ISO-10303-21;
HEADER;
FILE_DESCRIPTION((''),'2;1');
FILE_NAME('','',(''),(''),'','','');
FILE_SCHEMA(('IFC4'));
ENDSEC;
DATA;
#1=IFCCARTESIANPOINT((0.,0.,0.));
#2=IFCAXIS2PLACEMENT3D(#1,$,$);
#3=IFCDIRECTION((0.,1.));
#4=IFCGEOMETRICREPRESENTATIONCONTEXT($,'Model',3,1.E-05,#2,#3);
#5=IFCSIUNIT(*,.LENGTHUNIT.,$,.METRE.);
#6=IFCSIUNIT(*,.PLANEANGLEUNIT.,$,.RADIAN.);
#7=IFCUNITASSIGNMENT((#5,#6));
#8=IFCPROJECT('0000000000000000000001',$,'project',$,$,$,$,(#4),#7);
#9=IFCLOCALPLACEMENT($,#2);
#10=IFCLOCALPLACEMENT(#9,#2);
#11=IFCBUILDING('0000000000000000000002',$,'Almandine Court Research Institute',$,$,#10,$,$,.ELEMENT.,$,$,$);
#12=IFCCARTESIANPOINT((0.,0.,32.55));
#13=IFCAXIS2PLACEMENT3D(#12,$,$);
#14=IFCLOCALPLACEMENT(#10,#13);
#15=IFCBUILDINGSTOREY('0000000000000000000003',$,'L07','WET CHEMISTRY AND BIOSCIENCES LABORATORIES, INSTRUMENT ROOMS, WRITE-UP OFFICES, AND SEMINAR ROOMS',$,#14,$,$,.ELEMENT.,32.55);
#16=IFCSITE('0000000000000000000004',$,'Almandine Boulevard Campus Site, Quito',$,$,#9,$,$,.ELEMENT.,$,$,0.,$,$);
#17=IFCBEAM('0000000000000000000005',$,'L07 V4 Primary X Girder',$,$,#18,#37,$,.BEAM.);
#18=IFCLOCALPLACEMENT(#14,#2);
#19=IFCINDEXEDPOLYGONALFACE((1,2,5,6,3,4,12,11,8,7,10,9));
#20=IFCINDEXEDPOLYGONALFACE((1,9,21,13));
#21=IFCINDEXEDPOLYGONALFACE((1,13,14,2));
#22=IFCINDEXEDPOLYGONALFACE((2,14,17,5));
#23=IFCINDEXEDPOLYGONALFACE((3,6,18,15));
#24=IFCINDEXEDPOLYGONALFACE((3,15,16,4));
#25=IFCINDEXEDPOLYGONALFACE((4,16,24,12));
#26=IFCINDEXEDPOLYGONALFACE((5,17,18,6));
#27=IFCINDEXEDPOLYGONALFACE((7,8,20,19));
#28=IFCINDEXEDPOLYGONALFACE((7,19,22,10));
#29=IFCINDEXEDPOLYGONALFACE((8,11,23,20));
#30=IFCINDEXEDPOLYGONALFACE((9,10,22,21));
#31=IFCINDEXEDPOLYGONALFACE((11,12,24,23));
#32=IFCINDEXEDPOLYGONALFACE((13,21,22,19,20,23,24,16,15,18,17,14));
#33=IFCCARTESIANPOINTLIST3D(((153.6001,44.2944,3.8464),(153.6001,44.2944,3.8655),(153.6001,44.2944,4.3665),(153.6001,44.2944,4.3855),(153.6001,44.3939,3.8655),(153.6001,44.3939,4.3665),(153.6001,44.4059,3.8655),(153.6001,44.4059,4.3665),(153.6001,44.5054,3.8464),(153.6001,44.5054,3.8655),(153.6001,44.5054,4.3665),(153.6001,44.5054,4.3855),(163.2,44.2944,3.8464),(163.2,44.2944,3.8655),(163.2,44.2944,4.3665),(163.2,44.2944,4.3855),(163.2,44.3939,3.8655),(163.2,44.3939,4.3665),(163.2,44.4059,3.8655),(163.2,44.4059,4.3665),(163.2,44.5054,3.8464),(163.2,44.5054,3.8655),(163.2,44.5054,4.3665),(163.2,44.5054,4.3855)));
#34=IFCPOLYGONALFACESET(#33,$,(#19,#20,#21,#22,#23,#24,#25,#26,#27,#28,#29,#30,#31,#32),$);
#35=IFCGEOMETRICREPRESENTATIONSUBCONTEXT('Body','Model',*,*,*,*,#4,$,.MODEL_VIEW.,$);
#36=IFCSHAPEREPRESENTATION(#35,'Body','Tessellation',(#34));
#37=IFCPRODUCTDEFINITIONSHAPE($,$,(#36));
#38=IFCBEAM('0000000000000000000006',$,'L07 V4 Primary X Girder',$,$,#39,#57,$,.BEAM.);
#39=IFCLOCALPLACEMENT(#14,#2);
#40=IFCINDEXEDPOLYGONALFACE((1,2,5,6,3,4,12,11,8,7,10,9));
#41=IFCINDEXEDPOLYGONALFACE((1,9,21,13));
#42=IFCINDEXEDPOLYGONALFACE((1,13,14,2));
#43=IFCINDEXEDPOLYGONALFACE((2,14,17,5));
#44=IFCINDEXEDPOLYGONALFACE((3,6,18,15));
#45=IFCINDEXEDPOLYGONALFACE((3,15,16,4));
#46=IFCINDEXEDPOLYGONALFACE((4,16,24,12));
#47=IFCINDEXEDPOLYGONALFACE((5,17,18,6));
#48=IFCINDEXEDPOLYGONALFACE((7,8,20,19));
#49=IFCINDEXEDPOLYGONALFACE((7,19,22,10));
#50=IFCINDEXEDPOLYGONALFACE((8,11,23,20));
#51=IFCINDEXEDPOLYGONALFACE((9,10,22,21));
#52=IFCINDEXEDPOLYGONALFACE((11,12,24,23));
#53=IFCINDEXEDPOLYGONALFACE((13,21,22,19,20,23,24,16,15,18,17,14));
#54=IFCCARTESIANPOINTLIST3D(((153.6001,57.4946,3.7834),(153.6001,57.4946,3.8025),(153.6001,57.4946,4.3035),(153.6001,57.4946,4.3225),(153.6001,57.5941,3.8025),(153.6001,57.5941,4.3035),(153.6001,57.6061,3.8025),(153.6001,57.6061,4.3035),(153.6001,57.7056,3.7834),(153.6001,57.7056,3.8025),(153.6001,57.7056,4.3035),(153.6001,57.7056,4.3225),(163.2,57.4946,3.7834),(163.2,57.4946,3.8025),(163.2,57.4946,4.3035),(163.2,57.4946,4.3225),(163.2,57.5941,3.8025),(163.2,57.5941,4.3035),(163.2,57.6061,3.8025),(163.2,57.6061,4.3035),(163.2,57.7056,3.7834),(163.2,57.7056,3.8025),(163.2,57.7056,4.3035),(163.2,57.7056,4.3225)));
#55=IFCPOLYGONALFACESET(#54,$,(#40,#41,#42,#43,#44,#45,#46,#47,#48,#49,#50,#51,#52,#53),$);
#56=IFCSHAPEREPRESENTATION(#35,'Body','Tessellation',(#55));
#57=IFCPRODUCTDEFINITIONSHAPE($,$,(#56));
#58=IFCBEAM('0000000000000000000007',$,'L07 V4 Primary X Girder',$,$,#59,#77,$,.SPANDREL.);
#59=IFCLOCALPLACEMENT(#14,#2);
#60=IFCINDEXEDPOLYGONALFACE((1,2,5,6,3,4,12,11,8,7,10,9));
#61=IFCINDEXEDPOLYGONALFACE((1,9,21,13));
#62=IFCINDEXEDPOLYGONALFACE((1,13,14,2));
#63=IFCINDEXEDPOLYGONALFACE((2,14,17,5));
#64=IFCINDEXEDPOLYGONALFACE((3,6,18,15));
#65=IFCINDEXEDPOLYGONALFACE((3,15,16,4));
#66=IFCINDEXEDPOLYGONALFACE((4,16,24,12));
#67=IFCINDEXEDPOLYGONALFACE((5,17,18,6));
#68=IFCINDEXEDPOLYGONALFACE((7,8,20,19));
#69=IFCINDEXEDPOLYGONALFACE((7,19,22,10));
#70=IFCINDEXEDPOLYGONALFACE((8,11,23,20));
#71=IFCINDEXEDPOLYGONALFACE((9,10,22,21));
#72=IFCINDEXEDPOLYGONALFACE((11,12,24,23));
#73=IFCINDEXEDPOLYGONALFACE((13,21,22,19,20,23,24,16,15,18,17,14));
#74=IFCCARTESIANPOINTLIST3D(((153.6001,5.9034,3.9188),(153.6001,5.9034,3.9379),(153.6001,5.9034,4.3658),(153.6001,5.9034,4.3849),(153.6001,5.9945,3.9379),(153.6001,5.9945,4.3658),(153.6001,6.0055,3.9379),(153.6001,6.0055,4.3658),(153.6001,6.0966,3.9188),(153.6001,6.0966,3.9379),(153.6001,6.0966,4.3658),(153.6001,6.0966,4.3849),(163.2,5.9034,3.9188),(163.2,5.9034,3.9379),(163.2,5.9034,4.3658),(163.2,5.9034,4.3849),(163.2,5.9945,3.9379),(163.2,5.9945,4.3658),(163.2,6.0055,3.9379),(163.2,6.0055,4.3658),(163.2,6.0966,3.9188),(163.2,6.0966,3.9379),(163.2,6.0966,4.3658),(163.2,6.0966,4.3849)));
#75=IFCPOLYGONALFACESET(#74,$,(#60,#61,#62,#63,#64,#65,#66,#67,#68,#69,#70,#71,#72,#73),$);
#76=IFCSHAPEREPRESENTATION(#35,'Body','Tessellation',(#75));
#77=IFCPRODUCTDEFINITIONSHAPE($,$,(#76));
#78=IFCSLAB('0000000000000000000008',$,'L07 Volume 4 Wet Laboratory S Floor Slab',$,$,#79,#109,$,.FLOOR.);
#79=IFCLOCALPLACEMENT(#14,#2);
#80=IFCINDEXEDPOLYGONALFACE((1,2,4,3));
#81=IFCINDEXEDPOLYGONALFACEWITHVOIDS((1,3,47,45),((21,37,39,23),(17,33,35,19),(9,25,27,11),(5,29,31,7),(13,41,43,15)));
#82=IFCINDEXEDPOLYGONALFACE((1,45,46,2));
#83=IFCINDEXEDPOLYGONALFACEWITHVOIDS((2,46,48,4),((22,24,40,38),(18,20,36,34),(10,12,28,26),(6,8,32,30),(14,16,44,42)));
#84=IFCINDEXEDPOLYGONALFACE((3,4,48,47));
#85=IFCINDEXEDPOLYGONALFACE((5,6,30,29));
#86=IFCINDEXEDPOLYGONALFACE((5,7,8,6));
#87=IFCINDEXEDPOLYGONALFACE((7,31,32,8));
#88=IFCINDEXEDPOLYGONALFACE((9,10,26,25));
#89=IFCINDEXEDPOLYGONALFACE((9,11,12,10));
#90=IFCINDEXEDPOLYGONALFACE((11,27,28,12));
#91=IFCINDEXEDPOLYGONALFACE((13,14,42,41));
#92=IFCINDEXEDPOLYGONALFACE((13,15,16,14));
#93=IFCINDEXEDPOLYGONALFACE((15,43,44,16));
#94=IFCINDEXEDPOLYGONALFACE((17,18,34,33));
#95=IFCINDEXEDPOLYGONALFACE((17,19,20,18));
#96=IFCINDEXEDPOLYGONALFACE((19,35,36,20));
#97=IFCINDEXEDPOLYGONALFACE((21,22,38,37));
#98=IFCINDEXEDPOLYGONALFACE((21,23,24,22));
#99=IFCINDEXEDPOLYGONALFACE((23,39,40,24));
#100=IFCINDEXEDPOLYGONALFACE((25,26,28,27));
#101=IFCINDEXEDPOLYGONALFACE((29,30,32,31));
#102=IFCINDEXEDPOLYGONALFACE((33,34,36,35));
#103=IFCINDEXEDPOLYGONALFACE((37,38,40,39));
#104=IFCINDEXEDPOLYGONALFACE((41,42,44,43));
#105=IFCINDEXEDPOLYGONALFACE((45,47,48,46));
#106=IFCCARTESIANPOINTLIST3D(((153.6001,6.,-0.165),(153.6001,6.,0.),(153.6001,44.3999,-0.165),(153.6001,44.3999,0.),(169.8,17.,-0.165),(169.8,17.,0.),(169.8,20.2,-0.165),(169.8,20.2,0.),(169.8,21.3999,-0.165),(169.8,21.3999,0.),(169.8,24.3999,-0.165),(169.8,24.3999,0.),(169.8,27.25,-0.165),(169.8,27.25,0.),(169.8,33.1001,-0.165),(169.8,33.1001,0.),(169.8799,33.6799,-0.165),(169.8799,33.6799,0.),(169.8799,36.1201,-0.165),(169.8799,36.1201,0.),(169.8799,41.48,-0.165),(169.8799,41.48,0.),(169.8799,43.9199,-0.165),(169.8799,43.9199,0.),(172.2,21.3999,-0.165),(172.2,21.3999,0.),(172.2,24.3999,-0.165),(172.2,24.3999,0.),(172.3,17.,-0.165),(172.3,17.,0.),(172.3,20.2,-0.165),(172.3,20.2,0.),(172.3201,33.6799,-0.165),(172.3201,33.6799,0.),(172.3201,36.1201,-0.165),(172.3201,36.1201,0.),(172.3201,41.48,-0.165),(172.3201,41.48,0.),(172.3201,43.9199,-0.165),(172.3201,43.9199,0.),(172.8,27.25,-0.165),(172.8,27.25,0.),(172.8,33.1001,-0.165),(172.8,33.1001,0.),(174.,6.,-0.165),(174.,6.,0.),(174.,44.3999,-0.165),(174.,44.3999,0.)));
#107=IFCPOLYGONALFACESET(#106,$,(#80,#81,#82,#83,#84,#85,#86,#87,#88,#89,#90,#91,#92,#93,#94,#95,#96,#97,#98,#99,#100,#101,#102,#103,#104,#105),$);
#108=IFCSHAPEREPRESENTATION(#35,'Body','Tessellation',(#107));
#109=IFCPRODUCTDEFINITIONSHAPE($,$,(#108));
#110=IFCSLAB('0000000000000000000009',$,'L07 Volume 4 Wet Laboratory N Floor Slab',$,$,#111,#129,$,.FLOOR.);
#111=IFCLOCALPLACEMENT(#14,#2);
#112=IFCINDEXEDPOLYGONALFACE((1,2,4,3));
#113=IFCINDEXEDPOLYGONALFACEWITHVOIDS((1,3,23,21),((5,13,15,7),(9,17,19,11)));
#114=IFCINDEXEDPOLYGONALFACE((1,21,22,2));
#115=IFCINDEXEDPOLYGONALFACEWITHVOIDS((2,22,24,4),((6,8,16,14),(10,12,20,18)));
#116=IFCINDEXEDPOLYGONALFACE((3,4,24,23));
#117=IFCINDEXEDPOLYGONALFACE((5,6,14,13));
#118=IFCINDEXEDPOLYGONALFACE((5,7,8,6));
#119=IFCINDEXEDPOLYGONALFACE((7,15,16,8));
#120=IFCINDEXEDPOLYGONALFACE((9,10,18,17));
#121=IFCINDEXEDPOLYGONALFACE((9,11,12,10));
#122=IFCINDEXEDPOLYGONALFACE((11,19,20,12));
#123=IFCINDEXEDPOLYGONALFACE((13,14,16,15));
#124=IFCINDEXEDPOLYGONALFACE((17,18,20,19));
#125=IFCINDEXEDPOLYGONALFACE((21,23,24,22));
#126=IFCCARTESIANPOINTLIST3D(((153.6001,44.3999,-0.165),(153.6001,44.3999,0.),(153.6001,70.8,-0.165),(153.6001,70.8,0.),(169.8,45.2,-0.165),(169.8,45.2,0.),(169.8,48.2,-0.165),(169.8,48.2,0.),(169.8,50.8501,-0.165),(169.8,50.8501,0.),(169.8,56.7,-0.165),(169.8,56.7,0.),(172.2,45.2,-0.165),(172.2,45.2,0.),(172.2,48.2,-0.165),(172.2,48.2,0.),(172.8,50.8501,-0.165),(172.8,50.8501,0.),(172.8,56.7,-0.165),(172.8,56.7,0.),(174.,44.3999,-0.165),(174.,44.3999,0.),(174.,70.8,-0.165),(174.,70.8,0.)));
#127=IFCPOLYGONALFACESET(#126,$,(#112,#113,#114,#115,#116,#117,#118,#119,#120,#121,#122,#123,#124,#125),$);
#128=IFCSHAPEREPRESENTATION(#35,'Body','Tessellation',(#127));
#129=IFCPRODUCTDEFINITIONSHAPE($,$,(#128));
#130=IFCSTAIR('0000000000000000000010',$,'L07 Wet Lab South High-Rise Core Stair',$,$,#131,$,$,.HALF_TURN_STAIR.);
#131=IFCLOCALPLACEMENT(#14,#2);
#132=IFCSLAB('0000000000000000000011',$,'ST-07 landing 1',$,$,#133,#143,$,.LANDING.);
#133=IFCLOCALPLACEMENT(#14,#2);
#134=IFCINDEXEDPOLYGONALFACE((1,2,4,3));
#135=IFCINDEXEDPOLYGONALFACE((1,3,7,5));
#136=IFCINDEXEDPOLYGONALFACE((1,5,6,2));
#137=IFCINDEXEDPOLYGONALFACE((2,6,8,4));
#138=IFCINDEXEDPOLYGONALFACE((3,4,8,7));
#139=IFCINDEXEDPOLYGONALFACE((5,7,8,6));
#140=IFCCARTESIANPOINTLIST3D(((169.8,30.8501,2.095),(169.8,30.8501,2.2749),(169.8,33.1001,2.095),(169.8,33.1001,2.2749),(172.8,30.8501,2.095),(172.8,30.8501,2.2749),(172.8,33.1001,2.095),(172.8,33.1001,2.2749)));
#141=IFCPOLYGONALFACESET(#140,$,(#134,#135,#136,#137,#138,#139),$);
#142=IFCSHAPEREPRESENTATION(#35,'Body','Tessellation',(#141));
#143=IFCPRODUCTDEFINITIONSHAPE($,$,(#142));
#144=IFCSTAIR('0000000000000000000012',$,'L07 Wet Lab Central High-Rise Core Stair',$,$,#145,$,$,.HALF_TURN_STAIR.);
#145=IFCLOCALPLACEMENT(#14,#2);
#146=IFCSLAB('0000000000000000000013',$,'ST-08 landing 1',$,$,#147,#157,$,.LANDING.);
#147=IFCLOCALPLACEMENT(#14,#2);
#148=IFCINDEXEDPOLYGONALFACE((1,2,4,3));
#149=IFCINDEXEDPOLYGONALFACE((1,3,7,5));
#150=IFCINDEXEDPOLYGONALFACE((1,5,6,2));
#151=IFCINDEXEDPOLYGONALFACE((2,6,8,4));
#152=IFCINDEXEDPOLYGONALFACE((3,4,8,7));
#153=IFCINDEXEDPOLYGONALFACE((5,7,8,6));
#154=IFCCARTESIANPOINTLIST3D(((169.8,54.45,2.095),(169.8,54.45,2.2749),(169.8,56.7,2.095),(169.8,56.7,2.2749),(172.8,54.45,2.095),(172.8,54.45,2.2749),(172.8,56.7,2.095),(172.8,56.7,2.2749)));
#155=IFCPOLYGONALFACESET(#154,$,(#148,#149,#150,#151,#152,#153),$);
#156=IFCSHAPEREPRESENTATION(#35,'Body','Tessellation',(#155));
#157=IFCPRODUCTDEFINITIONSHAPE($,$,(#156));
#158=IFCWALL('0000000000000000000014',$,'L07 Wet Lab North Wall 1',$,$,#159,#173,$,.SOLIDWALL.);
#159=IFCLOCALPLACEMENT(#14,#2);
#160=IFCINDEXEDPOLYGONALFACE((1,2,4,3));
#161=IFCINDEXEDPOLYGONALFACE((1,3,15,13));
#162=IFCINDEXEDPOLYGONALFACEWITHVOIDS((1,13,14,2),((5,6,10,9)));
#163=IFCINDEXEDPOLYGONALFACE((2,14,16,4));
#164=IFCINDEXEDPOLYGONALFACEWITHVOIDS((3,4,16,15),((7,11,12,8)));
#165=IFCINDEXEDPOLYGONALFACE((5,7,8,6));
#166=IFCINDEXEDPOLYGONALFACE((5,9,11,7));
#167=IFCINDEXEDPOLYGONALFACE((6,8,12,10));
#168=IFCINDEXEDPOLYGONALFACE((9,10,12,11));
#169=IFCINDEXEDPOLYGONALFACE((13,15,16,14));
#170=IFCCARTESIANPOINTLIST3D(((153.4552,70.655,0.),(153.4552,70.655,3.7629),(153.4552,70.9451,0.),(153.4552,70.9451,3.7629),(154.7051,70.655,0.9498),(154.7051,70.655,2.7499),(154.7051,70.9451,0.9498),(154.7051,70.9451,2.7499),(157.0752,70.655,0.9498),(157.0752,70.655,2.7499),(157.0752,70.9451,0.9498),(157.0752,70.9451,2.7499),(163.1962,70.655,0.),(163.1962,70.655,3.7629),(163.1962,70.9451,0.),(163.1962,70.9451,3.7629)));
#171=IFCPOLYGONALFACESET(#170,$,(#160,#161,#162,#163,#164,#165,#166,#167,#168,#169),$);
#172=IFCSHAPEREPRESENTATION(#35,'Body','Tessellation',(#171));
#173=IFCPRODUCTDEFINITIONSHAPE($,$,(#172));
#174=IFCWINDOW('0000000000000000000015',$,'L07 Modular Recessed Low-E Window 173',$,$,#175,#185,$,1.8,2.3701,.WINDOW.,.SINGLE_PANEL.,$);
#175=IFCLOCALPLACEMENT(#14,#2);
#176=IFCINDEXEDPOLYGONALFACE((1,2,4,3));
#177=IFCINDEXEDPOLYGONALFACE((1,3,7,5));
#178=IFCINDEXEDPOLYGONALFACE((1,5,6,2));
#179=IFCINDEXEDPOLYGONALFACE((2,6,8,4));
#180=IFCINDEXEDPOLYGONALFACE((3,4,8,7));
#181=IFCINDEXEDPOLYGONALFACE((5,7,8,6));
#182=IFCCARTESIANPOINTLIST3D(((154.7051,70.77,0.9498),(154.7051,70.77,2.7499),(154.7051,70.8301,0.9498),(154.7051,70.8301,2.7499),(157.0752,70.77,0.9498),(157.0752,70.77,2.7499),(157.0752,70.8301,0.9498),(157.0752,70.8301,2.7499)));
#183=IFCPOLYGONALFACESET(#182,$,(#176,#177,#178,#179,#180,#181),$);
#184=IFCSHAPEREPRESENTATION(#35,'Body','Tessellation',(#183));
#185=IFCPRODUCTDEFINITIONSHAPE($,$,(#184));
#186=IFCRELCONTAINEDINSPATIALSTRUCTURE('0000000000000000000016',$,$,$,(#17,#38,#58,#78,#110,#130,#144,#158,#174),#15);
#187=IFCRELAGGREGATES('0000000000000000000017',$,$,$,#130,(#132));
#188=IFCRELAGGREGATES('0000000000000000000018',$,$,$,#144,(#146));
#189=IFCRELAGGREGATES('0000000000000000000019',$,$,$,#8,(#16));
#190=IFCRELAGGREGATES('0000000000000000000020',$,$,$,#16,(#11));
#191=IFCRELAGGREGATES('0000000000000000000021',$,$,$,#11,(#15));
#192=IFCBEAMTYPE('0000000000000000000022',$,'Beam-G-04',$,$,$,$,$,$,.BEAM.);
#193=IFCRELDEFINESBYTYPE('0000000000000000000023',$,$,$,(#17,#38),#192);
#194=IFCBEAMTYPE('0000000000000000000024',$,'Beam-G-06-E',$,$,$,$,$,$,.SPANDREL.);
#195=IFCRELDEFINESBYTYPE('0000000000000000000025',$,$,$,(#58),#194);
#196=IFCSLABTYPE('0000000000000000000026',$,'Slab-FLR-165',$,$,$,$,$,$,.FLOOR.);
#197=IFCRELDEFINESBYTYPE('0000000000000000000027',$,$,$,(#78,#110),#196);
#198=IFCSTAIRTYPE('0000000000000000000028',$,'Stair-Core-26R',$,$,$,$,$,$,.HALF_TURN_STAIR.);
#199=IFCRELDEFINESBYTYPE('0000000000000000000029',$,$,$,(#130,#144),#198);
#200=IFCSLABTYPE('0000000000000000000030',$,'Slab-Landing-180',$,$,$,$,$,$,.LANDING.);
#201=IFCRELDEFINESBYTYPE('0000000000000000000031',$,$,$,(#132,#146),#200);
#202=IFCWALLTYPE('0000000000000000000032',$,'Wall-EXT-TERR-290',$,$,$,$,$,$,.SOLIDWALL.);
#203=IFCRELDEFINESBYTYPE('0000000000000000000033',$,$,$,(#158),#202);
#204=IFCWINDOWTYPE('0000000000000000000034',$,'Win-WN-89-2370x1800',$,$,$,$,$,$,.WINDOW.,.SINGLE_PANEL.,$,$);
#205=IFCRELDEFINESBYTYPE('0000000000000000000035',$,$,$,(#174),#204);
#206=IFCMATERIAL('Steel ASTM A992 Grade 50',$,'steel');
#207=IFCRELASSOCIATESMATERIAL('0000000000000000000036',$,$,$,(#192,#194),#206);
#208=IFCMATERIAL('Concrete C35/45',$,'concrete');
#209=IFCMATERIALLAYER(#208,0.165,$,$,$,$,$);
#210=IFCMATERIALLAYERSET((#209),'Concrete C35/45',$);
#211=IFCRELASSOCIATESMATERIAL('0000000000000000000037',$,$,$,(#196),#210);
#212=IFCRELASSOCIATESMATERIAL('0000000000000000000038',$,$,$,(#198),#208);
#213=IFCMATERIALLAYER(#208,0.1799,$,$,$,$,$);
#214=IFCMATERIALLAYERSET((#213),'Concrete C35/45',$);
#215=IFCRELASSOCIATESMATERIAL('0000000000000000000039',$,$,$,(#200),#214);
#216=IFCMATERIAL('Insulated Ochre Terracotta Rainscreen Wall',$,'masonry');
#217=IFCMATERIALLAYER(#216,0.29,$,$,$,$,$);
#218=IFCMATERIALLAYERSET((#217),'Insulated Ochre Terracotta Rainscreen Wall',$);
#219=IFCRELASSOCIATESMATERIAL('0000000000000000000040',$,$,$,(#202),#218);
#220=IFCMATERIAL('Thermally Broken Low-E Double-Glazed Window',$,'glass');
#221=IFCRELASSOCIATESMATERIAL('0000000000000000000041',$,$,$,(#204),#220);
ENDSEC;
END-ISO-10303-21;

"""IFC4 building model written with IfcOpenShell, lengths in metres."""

from ifc_helpers import new_model, si_unit, direction, frame, frame_2d, origin, origin_2d, place, context, subcontext, project, spatial, polyline, rectangle, i_section, outline, extrude, material, layer, layer_set, material_profile, profile_set, type_object, element, fill, aggregate, save


model = new_model("IFC4")

# Units and contexts
model_context = context("Model", 3, precision=1e-05, world=origin(), true_north=direction((0.0, 1.0)))
body_context = subcontext(model_context, "Body", "Model", "MODEL_VIEW")
ifc_project = project(units=[si_unit("LENGTHUNIT", "METRE"), si_unit("PLANEANGLEUNIT", "RADIAN")], contexts=[model_context])

# Site, building, storey
site_placement = place(None, origin())
site = spatial("IfcSite", under=ifc_project, at=site_placement, Name="Almandine Boulevard Campus Site, Quito", CompositionType="ELEMENT", RefElevation=0.0)
building_placement = place(site_placement, origin())
building = spatial("IfcBuilding", under=site, at=building_placement, Name="Almandine Court Research Institute", CompositionType="ELEMENT")
storey_placement = place(building_placement, frame((0.0, 0.0, 32.55)))
storey = spatial("IfcBuildingStorey", under=building, at=storey_placement, Name="L07", Description="WET CHEMISTRY AND BIOSCIENCES LABORATORIES, INSTRUMENT ROOMS, WRITE-UP OFFICES, AND SEMINAR ROOMS", CompositionType="ELEMENT", Elevation=32.55)

# Shared definitions
ifc_material_1 = material(Name="Steel ASTM A992 Grade 50", Category="steel")

# Beams
ifc_material_profile_1 = material_profile(ifc_material_1, i_section(OverallWidth=0.2109, OverallDepth=0.5391, WebThickness=0.012, FlangeThickness=0.019, at=origin_2d()), Name="W530x109")
ifc_profile_set_1 = profile_set([ifc_material_profile_1], Name="Steel ASTM A992 Grade 50")
beam_type_1 = type_object("IfcBeamType", Name="Beam-G-04", PredefinedType="BEAM", material=ifc_profile_set_1)
for number, where, z_axis, x_axis, name in (
    (1, (153.6001, 44.3999, 4.116), (1.0, 0.0, 0.0), (0.0, 1.0, 0.0), "L07 V4 Primary X Girder"),
    (2, (153.6001, 57.6001, 4.053), (1.0, 0.0, 0.0), (0.0, 1.0, 0.0), "L07 V4 Primary X Girder"),
):
    element("IfcBeam", number, at=place(storey_placement, frame(where, z_axis=z_axis, x_axis=x_axis)), inside=storey, type_object=beam_type_1, Name=name, PredefinedType="BEAM", context=body_context, shape_type="SweptSolid", body=[
        extrude(i_section(OverallWidth=0.2109, OverallDepth=0.5391, WebThickness=0.012, FlangeThickness=0.019, at=origin_2d()), origin(), (0.0, 0.0, 1.0), 9.5999),
    ])
ifc_material_profile_2 = material_profile(ifc_material_1, i_section(OverallWidth=0.1931, OverallDepth=0.4661, WebThickness=0.011, FlangeThickness=0.019, at=origin_2d()), Name="W460x97")
ifc_profile_set_2 = profile_set([ifc_material_profile_2], Name="Steel ASTM A992 Grade 50")
beam_type_2 = type_object("IfcBeamType", Name="Beam-G-06-E", PredefinedType="SPANDREL", material=ifc_profile_set_2)
beam_placement = place(storey_placement, frame((153.6001, 6.0, 4.1519), z_axis=(1.0, 0.0, 0.0), x_axis=(0.0, 1.0, 0.0)))
element("IfcBeam", 3, at=beam_placement, inside=storey, type_object=beam_type_2, Name="L07 V4 Primary X Girder", PredefinedType="SPANDREL", context=body_context, shape_type="SweptSolid", body=[
    extrude(i_section(OverallWidth=0.1931, OverallDepth=0.4661, WebThickness=0.011, FlangeThickness=0.019, at=origin_2d()), origin(), (0.0, 0.0, 1.0), 9.5999),
])

# Slabs
ifc_material_2 = material(Name="Concrete C35/45", Category="concrete")
ifc_layer_1 = layer(ifc_material_2, 0.165)
ifc_layer_set_1 = layer_set([ifc_layer_1], Name="Concrete C35/45")
slab_type_1 = type_object("IfcSlabType", Name="Slab-FLR-165", PredefinedType="FLOOR", material=ifc_layer_set_1)
slab_1_placement = place(storey_placement, frame((0.0, 0.0, -0.165)))
element("IfcSlab", 4, at=slab_1_placement, inside=storey, type_object=slab_type_1, Name="L07 Volume 4 Wet Laboratory S Floor Slab", PredefinedType="FLOOR", context=body_context, shape_type="SweptSolid", body=[
    extrude(outline(polyline([(153.6001, 6.0), (174.0, 6.0), (174.0, 44.3999), (153.6001, 44.3999), (153.6001, 6.0)]), holes=[polyline([(172.8, 27.25), (172.8, 33.1001), (169.8, 33.1001), (169.8, 27.25), (172.8, 27.25)]), polyline([(169.8, 21.3999), (172.2, 21.3999), (172.2, 24.3999), (169.8, 24.3999), (169.8, 21.3999)]), polyline([(169.8, 17.0), (172.3, 17.0), (172.3, 20.2), (169.8, 20.2), (169.8, 17.0)]), polyline([(169.8799, 33.6799), (172.3201, 33.6799), (172.3201, 36.1201), (169.8799, 36.1201), (169.8799, 33.6799)]), polyline([(169.8799, 41.48), (172.3201, 41.48), (172.3201, 43.9199), (169.8799, 43.9199), (169.8799, 41.48)])]), origin(), (0.0, 0.0, 1.0), 0.165),
])
slab_2_placement = place(storey_placement, frame((0.0, 0.0, -0.165)))
element("IfcSlab", 5, at=slab_2_placement, inside=storey, type_object=slab_type_1, Name="L07 Volume 4 Wet Laboratory N Floor Slab", PredefinedType="FLOOR", context=body_context, shape_type="SweptSolid", body=[
    extrude(outline(polyline([(153.6001, 44.3999), (174.0, 44.3999), (174.0, 70.8), (153.6001, 70.8), (153.6001, 44.3999)]), holes=[polyline([(172.8, 50.8501), (172.8, 56.7), (169.8, 56.7), (169.8, 50.8501), (172.8, 50.8501)]), polyline([(169.8, 45.2), (172.2, 45.2), (172.2, 48.2), (169.8, 48.2), (169.8, 45.2)])]), origin(), (0.0, 0.0, 1.0), 0.165),
])

# Stairs, slabs
stair_type = type_object("IfcStairType", Name="Stair-Core-26R", PredefinedType="HALF_TURN_STAIR", material=ifc_material_2)
stair_1_placement = place(storey_placement, origin())
stair_1 = element("IfcStair", 6, at=stair_1_placement, inside=storey, type_object=stair_type, Name="L07 Wet Lab South High-Rise Core Stair", PredefinedType="HALF_TURN_STAIR")
ifc_layer_2 = layer(ifc_material_2, 0.1799)
ifc_layer_set_2 = layer_set([ifc_layer_2], Name="Concrete C35/45")
slab_type_2 = type_object("IfcSlabType", Name="Slab-Landing-180", PredefinedType="LANDING", material=ifc_layer_set_2)
slab_3_placement = place(storey_placement, frame((0.0, 0.0, 2.095)))
slab_3 = element("IfcSlab", 7, at=slab_3_placement, type_object=slab_type_2, Name="ST-07 landing 1", PredefinedType="LANDING", context=body_context, shape_type="SweptSolid", body=[
    extrude(outline(polyline([(172.8, 30.8501), (172.8, 33.1001), (169.8, 33.1001), (169.8, 30.8501), (172.8, 30.8501)])), origin(), (0.0, 0.0, 1.0), 0.1799),
])
aggregate(stair_1, [slab_3])
stair_2_placement = place(storey_placement, origin())
stair_2 = element("IfcStair", 8, at=stair_2_placement, inside=storey, type_object=stair_type, Name="L07 Wet Lab Central High-Rise Core Stair", PredefinedType="HALF_TURN_STAIR")
slab_4_placement = place(storey_placement, frame((0.0, 0.0, 2.095)))
slab_4 = element("IfcSlab", 9, at=slab_4_placement, type_object=slab_type_2, Name="ST-08 landing 1", PredefinedType="LANDING", context=body_context, shape_type="SweptSolid", body=[
    extrude(outline(polyline([(172.8, 54.45), (172.8, 56.7), (169.8, 56.7), (169.8, 54.45), (172.8, 54.45)])), origin(), (0.0, 0.0, 1.0), 0.1799),
])
aggregate(stair_2, [slab_4])

# Wall, opening, window
ifc_material_3 = material(Name="Insulated Ochre Terracotta Rainscreen Wall", Category="masonry")
ifc_layer_3 = layer(ifc_material_3, 0.29)
ifc_layer_set_3 = layer_set([ifc_layer_3], Name="Insulated Ochre Terracotta Rainscreen Wall")
wall_type = type_object("IfcWallType", Name="Wall-EXT-TERR-290", PredefinedType="SOLIDWALL", material=ifc_layer_set_3)
wall_placement = place(storey_placement, frame((153.4551, 70.8, 0.0), z_axis=(0.0, 0.0, 1.0), x_axis=(1.0, 0.0, 0.0)))
wall = element("IfcWall", 10, at=wall_placement, inside=storey, type_object=wall_type, Name="L07 Wet Lab North Wall 1", PredefinedType="SOLIDWALL", context=body_context, shape_type="SweptSolid", body=[
    extrude(rectangle(XDim=9.741, YDim=0.29, at=frame_2d((4.8706, 0.0))), origin(), (0.0, 0.0, 1.0), 3.7629),
])
opening_placement = place(wall_placement, frame((1.25, 0.0, 0.95)))
opening = element("IfcOpeningElement", 11, at=opening_placement, cuts=wall, PredefinedType="OPENING", context=body_context, shape_type="SweptSolid", body=[
    extrude(rectangle(XDim=2.3701, YDim=1.8, at=frame_2d((1.1851, 0.8999))), frame((0.0, 0.155, 0.0), z_axis=(0.0, -1.0, 0.0), x_axis=(1.0, 0.0, 0.0)), (0.0, 0.0, 1.0), 0.3101),
])
ifc_material_4 = material(Name="Thermally Broken Low-E Double-Glazed Window", Category="glass")
window_type = type_object("IfcWindowType", Name="Win-WN-89-2370x1800", PartitioningType="SINGLE_PANEL", PredefinedType="WINDOW", material=ifc_material_4)
window_placement = place(opening_placement, origin())
window = element("IfcWindow", 12, at=window_placement, inside=storey, type_object=window_type, Name="L07 Modular Recessed Low-E Window 173", OverallHeight=1.8, OverallWidth=2.3701, PartitioningType="SINGLE_PANEL", PredefinedType="WINDOW", context=body_context, shape_type="SweptSolid", body=[
    extrude(rectangle(XDim=2.3701, YDim=1.8, at=frame_2d((1.1851, 0.8999))), frame((0.0, 0.03, 0.0), z_axis=(0.0, -1.0, 0.0), x_axis=(1.0, 0.0, 0.0)), (0.0, 0.0, 1.0), 0.0601),
])
fill(opening, window)

save(model, "model.ifc")
